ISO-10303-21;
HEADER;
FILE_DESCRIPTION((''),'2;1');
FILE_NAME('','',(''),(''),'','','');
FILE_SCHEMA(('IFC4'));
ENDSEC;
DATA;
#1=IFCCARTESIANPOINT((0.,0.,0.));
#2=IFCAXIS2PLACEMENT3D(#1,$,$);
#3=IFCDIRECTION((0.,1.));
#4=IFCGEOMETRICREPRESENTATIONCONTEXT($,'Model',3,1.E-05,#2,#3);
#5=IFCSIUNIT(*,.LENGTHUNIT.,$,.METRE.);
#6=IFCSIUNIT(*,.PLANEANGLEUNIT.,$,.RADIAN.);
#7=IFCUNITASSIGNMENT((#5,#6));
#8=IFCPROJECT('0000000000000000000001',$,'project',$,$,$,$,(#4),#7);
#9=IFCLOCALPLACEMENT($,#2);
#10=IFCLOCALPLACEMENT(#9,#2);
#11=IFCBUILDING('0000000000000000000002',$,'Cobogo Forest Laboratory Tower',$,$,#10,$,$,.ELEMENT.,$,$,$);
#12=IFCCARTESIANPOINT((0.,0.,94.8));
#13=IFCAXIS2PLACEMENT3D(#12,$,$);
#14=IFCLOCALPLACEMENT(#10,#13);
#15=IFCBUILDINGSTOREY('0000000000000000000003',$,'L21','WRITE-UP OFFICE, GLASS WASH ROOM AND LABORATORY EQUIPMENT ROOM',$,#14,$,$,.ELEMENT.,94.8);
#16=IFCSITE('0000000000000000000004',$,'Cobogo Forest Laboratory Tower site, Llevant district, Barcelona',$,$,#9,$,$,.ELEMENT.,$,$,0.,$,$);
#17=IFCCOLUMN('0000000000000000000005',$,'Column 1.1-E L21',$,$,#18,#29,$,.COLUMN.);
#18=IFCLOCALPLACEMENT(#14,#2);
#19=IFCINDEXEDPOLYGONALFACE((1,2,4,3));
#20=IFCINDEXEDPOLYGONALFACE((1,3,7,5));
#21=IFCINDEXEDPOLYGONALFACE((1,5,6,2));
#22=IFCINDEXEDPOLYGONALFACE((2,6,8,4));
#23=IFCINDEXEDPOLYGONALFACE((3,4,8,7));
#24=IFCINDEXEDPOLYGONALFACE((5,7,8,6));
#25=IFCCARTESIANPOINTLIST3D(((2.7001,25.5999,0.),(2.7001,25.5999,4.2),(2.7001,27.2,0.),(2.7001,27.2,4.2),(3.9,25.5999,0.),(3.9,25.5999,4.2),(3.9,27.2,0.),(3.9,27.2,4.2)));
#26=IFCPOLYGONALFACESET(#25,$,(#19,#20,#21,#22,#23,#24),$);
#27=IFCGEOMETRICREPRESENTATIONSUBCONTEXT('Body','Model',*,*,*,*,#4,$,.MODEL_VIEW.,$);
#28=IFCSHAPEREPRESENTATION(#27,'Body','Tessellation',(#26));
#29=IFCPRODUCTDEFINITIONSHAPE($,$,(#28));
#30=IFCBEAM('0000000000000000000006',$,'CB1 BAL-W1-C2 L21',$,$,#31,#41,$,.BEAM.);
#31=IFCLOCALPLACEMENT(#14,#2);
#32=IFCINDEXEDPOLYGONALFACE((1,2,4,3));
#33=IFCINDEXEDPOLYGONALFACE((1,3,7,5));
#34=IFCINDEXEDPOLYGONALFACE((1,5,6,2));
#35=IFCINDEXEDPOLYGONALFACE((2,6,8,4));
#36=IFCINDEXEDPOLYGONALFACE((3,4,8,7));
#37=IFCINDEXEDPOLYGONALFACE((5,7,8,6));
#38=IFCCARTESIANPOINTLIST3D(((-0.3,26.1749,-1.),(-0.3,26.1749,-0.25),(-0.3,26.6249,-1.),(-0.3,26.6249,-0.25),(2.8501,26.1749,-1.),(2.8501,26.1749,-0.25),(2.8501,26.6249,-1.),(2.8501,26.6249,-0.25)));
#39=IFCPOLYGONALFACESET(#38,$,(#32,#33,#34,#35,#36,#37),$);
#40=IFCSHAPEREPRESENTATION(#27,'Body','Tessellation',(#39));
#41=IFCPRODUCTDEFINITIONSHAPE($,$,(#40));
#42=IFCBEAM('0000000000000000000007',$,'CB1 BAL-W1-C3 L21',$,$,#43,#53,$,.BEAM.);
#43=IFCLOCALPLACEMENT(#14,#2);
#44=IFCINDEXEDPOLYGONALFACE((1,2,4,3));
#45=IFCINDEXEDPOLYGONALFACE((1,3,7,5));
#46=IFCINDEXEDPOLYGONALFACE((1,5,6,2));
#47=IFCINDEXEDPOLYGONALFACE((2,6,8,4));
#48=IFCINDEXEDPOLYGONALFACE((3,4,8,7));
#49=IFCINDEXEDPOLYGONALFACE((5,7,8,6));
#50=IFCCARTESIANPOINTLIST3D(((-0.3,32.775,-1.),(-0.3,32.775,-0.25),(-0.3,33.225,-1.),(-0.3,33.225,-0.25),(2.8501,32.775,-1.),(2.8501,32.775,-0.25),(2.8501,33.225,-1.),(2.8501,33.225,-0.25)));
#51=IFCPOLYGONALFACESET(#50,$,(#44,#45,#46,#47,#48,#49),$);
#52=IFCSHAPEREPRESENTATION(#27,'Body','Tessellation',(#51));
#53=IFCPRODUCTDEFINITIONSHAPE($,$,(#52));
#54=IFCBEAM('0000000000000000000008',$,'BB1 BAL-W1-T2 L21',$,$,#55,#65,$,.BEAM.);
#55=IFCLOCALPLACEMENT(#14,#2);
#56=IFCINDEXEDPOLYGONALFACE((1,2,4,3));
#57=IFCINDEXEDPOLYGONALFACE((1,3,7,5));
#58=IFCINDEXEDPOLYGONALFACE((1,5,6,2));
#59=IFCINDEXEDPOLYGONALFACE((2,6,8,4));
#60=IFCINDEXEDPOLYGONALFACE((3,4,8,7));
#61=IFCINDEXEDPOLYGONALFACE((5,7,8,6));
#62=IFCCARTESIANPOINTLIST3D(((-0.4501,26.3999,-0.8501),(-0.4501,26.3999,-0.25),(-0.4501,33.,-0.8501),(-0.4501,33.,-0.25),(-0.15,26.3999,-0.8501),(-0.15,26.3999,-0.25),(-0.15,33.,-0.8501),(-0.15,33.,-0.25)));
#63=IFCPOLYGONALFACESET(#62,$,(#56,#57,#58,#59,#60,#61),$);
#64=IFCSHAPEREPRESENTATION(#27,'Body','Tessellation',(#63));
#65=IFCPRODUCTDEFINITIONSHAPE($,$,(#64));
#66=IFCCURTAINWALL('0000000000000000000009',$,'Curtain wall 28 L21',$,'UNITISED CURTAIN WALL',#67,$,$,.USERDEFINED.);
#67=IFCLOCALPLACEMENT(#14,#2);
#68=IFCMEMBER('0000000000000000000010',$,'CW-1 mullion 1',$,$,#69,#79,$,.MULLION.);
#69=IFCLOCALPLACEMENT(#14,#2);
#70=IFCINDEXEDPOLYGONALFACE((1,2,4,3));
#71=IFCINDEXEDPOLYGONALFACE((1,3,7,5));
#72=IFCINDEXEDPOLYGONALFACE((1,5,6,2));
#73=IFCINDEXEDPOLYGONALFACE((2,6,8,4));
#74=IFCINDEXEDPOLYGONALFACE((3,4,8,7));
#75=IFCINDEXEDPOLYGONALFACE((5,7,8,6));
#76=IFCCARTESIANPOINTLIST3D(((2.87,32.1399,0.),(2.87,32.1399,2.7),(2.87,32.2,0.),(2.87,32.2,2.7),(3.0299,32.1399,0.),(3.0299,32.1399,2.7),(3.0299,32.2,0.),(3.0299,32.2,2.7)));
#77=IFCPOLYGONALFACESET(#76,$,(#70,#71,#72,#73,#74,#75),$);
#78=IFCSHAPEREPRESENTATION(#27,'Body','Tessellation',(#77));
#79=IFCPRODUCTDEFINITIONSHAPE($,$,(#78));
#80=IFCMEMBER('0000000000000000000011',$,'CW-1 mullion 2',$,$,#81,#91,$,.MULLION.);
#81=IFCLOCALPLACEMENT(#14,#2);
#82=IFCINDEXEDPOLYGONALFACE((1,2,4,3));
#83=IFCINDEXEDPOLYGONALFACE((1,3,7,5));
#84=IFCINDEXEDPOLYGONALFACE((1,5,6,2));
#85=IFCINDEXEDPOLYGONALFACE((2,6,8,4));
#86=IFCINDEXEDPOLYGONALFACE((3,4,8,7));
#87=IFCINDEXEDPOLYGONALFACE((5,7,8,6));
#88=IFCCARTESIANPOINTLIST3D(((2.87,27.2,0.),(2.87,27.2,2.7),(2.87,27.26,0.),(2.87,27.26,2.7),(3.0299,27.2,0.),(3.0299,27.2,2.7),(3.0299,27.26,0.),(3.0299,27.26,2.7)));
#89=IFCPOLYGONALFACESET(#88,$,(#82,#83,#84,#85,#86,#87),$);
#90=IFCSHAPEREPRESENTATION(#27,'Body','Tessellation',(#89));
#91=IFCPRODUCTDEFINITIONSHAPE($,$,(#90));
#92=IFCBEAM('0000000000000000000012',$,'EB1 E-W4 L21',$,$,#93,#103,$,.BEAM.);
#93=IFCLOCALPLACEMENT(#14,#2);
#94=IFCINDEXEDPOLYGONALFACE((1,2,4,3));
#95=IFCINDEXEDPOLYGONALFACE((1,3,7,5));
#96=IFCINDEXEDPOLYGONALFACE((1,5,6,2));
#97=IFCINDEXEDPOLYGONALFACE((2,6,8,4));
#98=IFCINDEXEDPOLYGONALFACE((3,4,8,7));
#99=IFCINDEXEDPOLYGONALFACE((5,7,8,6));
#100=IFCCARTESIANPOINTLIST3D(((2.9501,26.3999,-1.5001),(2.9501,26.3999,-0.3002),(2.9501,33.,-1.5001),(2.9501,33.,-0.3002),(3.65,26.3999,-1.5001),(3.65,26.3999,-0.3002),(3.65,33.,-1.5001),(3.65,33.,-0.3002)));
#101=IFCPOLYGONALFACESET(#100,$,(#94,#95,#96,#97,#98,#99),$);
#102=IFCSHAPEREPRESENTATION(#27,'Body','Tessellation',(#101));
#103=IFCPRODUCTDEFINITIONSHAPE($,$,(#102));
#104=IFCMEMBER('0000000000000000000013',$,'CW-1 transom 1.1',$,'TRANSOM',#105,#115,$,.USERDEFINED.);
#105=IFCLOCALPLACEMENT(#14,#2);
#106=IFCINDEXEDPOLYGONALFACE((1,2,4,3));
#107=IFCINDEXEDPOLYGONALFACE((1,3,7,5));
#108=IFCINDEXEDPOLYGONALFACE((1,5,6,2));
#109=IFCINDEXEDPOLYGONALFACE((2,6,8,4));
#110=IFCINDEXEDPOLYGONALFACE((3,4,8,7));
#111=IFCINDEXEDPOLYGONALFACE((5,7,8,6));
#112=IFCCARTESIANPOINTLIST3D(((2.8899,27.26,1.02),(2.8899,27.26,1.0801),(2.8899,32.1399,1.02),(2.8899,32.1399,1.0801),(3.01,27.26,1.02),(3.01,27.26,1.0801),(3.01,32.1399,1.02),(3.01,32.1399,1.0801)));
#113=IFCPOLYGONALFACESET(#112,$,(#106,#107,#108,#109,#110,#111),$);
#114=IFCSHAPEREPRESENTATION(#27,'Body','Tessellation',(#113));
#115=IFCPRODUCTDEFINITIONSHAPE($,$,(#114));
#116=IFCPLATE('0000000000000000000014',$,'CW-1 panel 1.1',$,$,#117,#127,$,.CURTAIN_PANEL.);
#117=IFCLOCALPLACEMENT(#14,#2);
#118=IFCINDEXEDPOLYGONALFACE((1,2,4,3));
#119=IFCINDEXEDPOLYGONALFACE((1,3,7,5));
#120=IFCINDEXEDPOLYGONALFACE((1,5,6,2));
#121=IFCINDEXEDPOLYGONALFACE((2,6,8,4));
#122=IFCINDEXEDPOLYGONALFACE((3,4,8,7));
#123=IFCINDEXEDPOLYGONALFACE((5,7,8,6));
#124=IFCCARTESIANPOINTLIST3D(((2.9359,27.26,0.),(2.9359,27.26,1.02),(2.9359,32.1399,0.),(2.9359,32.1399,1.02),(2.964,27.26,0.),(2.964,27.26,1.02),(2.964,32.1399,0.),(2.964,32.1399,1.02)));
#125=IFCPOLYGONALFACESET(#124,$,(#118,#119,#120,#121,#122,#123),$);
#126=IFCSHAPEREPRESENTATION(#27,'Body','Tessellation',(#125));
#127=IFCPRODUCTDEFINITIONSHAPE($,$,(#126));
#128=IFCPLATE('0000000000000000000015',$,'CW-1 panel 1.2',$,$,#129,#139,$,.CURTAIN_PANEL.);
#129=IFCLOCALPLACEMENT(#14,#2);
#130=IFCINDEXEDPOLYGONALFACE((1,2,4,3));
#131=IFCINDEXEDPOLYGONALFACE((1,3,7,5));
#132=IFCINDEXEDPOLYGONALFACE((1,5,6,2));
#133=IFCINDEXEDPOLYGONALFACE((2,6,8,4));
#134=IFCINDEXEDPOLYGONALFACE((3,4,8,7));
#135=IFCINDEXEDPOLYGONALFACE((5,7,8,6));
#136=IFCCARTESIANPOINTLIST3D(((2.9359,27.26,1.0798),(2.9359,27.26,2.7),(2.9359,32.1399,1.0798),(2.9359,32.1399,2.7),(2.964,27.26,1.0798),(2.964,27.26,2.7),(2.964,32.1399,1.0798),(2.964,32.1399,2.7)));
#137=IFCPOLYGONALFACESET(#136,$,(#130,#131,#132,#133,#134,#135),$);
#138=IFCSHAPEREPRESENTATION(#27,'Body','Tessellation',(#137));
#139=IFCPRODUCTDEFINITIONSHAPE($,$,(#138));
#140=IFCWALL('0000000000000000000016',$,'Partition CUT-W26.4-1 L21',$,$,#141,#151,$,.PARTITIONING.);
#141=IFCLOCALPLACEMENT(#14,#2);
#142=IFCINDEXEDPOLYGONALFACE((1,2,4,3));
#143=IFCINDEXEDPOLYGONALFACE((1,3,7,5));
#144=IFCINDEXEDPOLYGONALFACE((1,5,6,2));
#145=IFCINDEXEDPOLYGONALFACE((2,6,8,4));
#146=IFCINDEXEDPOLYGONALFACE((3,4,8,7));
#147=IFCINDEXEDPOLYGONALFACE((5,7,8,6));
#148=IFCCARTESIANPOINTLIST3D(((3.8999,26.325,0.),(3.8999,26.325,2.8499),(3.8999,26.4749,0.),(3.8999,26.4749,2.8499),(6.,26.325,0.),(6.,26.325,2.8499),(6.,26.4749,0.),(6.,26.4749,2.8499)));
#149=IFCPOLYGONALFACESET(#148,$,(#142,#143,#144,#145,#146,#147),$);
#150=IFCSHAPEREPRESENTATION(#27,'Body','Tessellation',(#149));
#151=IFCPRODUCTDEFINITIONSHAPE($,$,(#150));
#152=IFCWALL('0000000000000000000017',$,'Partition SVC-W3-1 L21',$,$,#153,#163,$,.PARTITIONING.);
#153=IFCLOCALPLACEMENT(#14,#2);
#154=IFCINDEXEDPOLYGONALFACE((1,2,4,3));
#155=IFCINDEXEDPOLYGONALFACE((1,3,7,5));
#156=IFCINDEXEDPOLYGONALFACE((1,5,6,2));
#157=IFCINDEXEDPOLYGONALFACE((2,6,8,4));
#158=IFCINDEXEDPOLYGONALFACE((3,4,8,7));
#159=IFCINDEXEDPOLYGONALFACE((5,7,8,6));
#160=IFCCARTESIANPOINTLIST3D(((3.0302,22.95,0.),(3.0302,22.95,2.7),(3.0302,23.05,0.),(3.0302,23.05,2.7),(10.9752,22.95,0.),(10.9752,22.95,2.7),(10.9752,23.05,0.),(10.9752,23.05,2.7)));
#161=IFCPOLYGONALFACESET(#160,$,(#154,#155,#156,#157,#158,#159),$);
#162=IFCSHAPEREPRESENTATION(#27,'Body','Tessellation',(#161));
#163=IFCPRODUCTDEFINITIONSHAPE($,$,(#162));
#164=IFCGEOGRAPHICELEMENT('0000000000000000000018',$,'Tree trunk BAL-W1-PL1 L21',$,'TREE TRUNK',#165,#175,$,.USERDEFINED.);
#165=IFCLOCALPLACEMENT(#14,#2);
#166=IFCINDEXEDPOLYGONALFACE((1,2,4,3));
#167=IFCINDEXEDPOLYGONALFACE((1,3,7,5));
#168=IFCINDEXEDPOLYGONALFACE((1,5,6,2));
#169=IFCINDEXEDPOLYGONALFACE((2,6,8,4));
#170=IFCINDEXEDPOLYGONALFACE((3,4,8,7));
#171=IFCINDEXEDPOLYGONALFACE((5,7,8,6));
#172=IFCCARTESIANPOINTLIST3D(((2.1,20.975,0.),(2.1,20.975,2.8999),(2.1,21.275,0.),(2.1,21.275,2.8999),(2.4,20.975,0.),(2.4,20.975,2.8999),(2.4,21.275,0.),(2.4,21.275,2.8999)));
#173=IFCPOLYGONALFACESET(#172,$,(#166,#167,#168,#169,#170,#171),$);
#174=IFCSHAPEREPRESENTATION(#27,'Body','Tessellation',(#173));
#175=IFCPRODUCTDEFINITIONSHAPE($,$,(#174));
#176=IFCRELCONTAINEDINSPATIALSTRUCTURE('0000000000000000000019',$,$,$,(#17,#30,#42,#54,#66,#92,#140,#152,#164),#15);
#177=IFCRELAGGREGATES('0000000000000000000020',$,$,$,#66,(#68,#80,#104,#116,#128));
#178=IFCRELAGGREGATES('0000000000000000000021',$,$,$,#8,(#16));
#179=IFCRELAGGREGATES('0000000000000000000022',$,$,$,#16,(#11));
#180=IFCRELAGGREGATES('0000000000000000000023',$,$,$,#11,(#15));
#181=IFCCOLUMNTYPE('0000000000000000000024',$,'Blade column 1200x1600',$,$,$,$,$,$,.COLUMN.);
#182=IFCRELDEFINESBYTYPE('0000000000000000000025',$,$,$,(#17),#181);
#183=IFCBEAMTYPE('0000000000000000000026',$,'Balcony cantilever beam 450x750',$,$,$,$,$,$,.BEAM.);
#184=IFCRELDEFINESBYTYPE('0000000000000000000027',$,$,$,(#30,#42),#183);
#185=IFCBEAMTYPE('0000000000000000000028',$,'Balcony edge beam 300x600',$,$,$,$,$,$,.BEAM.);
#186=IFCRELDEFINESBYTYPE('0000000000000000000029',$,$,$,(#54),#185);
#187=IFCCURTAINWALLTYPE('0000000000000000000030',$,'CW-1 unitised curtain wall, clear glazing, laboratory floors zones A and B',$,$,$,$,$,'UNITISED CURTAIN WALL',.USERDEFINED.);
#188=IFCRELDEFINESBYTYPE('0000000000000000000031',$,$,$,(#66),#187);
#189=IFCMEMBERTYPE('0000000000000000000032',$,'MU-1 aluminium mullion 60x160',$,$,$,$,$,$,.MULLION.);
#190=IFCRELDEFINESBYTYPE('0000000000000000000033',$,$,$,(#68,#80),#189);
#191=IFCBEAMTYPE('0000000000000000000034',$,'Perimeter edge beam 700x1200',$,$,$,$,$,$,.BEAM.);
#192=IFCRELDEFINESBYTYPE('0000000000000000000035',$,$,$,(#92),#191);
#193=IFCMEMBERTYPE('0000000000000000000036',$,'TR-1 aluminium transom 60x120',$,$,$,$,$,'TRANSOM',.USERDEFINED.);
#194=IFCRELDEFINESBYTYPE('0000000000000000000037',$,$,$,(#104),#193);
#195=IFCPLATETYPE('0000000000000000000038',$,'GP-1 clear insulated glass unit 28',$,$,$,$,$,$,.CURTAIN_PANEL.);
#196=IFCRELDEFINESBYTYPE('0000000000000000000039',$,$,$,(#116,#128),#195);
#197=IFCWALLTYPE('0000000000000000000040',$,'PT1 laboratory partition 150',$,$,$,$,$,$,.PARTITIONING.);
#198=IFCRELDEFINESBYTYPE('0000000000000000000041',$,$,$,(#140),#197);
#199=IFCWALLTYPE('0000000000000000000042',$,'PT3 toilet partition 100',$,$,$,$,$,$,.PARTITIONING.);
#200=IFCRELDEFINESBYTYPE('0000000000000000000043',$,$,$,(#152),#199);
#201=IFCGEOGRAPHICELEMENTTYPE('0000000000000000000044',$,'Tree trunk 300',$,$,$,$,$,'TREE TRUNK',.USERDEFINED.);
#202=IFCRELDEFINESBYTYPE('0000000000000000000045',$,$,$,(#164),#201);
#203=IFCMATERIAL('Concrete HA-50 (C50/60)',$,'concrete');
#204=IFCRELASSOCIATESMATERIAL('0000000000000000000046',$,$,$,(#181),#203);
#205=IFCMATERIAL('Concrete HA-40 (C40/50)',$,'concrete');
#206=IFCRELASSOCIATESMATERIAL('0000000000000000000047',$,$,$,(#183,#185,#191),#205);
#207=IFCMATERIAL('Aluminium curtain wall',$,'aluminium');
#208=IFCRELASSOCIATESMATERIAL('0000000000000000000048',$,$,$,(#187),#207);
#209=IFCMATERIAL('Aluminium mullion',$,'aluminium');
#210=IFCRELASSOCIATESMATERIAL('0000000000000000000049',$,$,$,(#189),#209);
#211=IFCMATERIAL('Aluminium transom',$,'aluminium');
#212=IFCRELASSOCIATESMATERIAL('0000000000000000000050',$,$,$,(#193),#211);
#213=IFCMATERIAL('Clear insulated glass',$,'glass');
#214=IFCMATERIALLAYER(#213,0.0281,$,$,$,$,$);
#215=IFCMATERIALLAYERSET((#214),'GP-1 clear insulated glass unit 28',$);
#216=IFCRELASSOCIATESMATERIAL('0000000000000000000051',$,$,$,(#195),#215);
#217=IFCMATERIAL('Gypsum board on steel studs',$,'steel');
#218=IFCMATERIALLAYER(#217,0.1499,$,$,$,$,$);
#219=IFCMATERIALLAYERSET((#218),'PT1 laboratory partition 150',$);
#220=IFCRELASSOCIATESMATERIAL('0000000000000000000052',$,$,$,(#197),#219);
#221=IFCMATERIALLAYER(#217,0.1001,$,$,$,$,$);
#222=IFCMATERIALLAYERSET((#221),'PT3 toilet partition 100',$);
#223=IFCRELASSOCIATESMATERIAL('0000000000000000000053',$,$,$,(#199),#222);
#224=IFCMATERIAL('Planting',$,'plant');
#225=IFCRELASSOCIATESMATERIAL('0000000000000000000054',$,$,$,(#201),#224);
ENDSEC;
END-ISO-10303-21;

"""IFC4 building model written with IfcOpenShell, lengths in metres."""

from ifc_helpers import new_model, si_unit, direction, frame, frame_2d, origin, origin_2d, place, context, subcontext, project, spatial, rectangle, extrude, material, layer, layer_set, material_profile, profile_set, type_object, element, aggregate, save


model = new_model("IFC4")

# Units and contexts
model_context = context("Model", 3, precision=1e-05, world=origin(), true_north=direction((0.0, 1.0)))
body_context = subcontext(model_context, "Body", "Model", "MODEL_VIEW")
ifc_project = project(units=[si_unit("LENGTHUNIT", "METRE"), si_unit("PLANEANGLEUNIT", "RADIAN")], contexts=[model_context])

# Site, building, storey
site_placement = place(None, origin())
site = spatial("IfcSite", under=ifc_project, at=site_placement, Name="Cobogo Forest Laboratory Tower site, Llevant district, Barcelona", CompositionType="ELEMENT", RefElevation=0.0)
building_placement = place(site_placement, origin())
building = spatial("IfcBuilding", under=site, at=building_placement, Name="Cobogo Forest Laboratory Tower", CompositionType="ELEMENT")
storey_placement = place(building_placement, frame((0.0, 0.0, 94.8)))
storey = spatial("IfcBuildingStorey", under=building, at=storey_placement, Name="L21", Description="WRITE-UP OFFICE, GLASS WASH ROOM AND LABORATORY EQUIPMENT ROOM", CompositionType="ELEMENT", Elevation=94.8)

# Column
ifc_material_1 = material(Name="Concrete HA-50 (C50/60)", Category="concrete")
ifc_material_profile_1 = material_profile(ifc_material_1, rectangle(XDim=1.6001, YDim=1.2, at=origin_2d()), Name="RC 1200x1600")
ifc_profile_set_1 = profile_set([ifc_material_profile_1], Name="Concrete HA-50 (C50/60)")
column_type = type_object("IfcColumnType", Name="Blade column 1200x1600", PredefinedType="COLUMN", material=ifc_profile_set_1)
column_placement = place(storey_placement, frame((3.3, 26.3999, 0.0), z_axis=(0.0, 0.0, 1.0), x_axis=(0.0, 1.0, 0.0)))
element("IfcColumn", 1, at=column_placement, inside=storey, type_object=column_type, Name="Column 1.1-E L21", PredefinedType="COLUMN", context=body_context, shape_type="SweptSolid", body=[
    extrude(rectangle(XDim=1.6001, YDim=1.2, at=origin_2d()), origin(), (0.0, 0.0, 1.0), 4.2),
])

# Beams
ifc_material_2 = material(Name="Concrete HA-40 (C40/50)", Category="concrete")
ifc_material_profile_2 = material_profile(ifc_material_2, rectangle(XDim=0.45, YDim=0.75, at=origin_2d()), Name="RC 450x750")
ifc_profile_set_2 = profile_set([ifc_material_profile_2], Name="Concrete HA-40 (C40/50)")
beam_type_1 = type_object("IfcBeamType", Name="Balcony cantilever beam 450x750", PredefinedType="BEAM", material=ifc_profile_set_2)
for number, where, z_axis, x_axis, name in (
    (2, (2.8501, 26.3999, -0.625), (-1.0, 0.0, 0.0), (0.0, -1.0, 0.0), "CB1 BAL-W1-C2 L21"),
    (3, (2.8501, 33.0, -0.625), (-1.0, 0.0, 0.0), (0.0, -1.0, 0.0), "CB1 BAL-W1-C3 L21"),
):
    element("IfcBeam", number, at=place(storey_placement, frame(where, z_axis=z_axis, x_axis=x_axis)), inside=storey, type_object=beam_type_1, Name=name, PredefinedType="BEAM", context=body_context, shape_type="SweptSolid", body=[
        extrude(rectangle(XDim=0.45, YDim=0.75, at=origin_2d()), origin(), (0.0, 0.0, 1.0), 3.1501),
    ])
ifc_material_profile_3 = material_profile(ifc_material_2, rectangle(XDim=0.3, YDim=0.6001, at=origin_2d()), Name="RC 300x600")
ifc_profile_set_3 = profile_set([ifc_material_profile_3], Name="Concrete HA-40 (C40/50)")
beam_type_2 = type_object("IfcBeamType", Name="Balcony edge beam 300x600", PredefinedType="BEAM", material=ifc_profile_set_3)
beam_1_placement = place(storey_placement, frame((-0.3, 26.3999, -0.55), z_axis=(0.0, 1.0, 0.0), x_axis=(-1.0, 0.0, 0.0)))
element("IfcBeam", 4, at=beam_1_placement, inside=storey, type_object=beam_type_2, Name="BB1 BAL-W1-T2 L21", PredefinedType="BEAM", context=body_context, shape_type="SweptSolid", body=[
    extrude(rectangle(XDim=0.3, YDim=0.6001, at=origin_2d()), origin(), (0.0, 0.0, 1.0), 6.6001),
])

# Curtain wall, members
ifc_material_3 = material(Name="Aluminium curtain wall", Category="aluminium")
curtain_wall_type = type_object("IfcCurtainWallType", Name="CW-1 unitised curtain wall, clear glazing, laboratory floors zones A and B", ElementType="UNITISED CURTAIN WALL", PredefinedType="USERDEFINED", material=ifc_material_3)
curtain_wall_placement = place(storey_placement, origin())
curtain_wall = element("IfcCurtainWall", 5, at=curtain_wall_placement, inside=storey, type_object=curtain_wall_type, Name="Curtain wall 28 L21", ObjectType="UNITISED CURTAIN WALL", PredefinedType="USERDEFINED")
ifc_material_4 = material(Name="Aluminium mullion", Category="aluminium")
ifc_material_profile_4 = material_profile(ifc_material_4, rectangle(XDim=0.0601, YDim=0.1599, at=origin_2d()), Name="AL 60x160")
ifc_profile_set_4 = profile_set([ifc_material_profile_4], Name="Aluminium mullion")
member_type_1 = type_object("IfcMemberType", Name="MU-1 aluminium mullion 60x160", PredefinedType="MULLION", material=ifc_profile_set_4)
member_1_placement = place(storey_placement, frame((2.95, 32.1699, 0.0), z_axis=(0.0, 0.0, 1.0), x_axis=(0.0, -1.0, 0.0)))
member_1 = element("IfcMember", 6, at=member_1_placement, type_object=member_type_1, Name="CW-1 mullion 1", PredefinedType="MULLION", context=body_context, shape_type="SweptSolid", body=[
    extrude(rectangle(XDim=0.0601, YDim=0.1599, at=origin_2d()), origin(), (0.0, 0.0, 1.0), 2.7),
])
member_2_placement = place(storey_placement, frame((2.95, 27.23, 0.0), z_axis=(0.0, 0.0, 1.0), x_axis=(0.0, -1.0, 0.0)))
member_2 = element("IfcMember", 7, at=member_2_placement, type_object=member_type_1, Name="CW-1 mullion 2", PredefinedType="MULLION", context=body_context, shape_type="SweptSolid", body=[
    extrude(rectangle(XDim=0.0601, YDim=0.1599, at=origin_2d()), origin(), (0.0, 0.0, 1.0), 2.7),
])

# Beam
ifc_material_profile_5 = material_profile(ifc_material_2, rectangle(XDim=0.7, YDim=1.2, at=origin_2d()), Name="RC 700x1200")
ifc_profile_set_5 = profile_set([ifc_material_profile_5], Name="Concrete HA-40 (C40/50)")
beam_type_3 = type_object("IfcBeamType", Name="Perimeter edge beam 700x1200", PredefinedType="BEAM", material=ifc_profile_set_5)
beam_2_placement = place(storey_placement, frame((3.3, 26.3999, -0.9001), z_axis=(0.0, 1.0, 0.0), x_axis=(-1.0, 0.0, 0.0)))
element("IfcBeam", 8, at=beam_2_placement, inside=storey, type_object=beam_type_3, Name="EB1 E-W4 L21", PredefinedType="BEAM", context=body_context, shape_type="SweptSolid", body=[
    extrude(rectangle(XDim=0.7, YDim=1.2, at=origin_2d()), origin(), (0.0, 0.0, 1.0), 6.6001),
])

# Member
ifc_material_5 = material(Name="Aluminium transom", Category="aluminium")
ifc_material_profile_6 = material_profile(ifc_material_5, rectangle(XDim=0.1201, YDim=0.0601, at=origin_2d()), Name="AL 60x120")
ifc_profile_set_6 = profile_set([ifc_material_profile_6], Name="Aluminium transom")
member_type_2 = type_object("IfcMemberType", Name="TR-1 aluminium transom 60x120", ElementType="TRANSOM", PredefinedType="USERDEFINED", material=ifc_profile_set_6)
member_3_placement = place(storey_placement, frame((2.95, 32.1399, 1.05), z_axis=(0.0, -1.0, 0.0), x_axis=(1.0, 0.0, 0.0)))
member_3 = element("IfcMember", 9, at=member_3_placement, type_object=member_type_2, Name="CW-1 transom 1.1", ObjectType="TRANSOM", PredefinedType="USERDEFINED", context=body_context, shape_type="SweptSolid", body=[
    extrude(rectangle(XDim=0.1201, YDim=0.0601, at=origin_2d()), origin(), (0.0, 0.0, 1.0), 4.8799),
])

# Plates
ifc_material_6 = material(Name="Clear insulated glass", Category="glass")
ifc_layer_1 = layer(ifc_material_6, 0.0281)
ifc_layer_set_1 = layer_set([ifc_layer_1], Name="GP-1 clear insulated glass unit 28")
plate_type = type_object("IfcPlateType", Name="GP-1 clear insulated glass unit 28", PredefinedType="CURTAIN_PANEL", material=ifc_layer_set_1)
plate_1_placement = place(storey_placement, frame((2.95, 29.7, 0.0), z_axis=(0.0, 0.0, 1.0), x_axis=(0.0, -1.0, 0.0)))
plate_1 = element("IfcPlate", 10, at=plate_1_placement, type_object=plate_type, Name="CW-1 panel 1.1", PredefinedType="CURTAIN_PANEL", context=body_context, shape_type="SweptSolid", body=[
    extrude(rectangle(XDim=4.8799, YDim=0.0281, at=origin_2d()), origin(), (0.0, 0.0, 1.0), 1.02),
])
plate_2_placement = place(storey_placement, frame((2.95, 29.7, 1.0798), z_axis=(0.0, 0.0, 1.0), x_axis=(0.0, -1.0, 0.0)))
plate_2 = element("IfcPlate", 11, at=plate_2_placement, type_object=plate_type, Name="CW-1 panel 1.2", PredefinedType="CURTAIN_PANEL", context=body_context, shape_type="SweptSolid", body=[
    extrude(rectangle(XDim=4.8799, YDim=0.0281, at=origin_2d()), origin(), (0.0, 0.0, 1.0), 1.6201),
])
aggregate(curtain_wall, [member_1, member_2, member_3, plate_1, plate_2])

# Walls
ifc_material_7 = material(Name="Gypsum board on steel studs", Category="steel")
ifc_layer_2 = layer(ifc_material_7, 0.1499)
ifc_layer_set_2 = layer_set([ifc_layer_2], Name="PT1 laboratory partition 150")
wall_type_1 = type_object("IfcWallType", Name="PT1 laboratory partition 150", PredefinedType="PARTITIONING", material=ifc_layer_set_2)
wall_1_placement = place(storey_placement, frame((3.8999, 26.3999, 0.0), z_axis=(0.0, 0.0, 1.0), x_axis=(1.0, 0.0, 0.0)))
element("IfcWall", 12, at=wall_1_placement, inside=storey, type_object=wall_type_1, Name="Partition CUT-W26.4-1 L21", PredefinedType="PARTITIONING", context=body_context, shape_type="SweptSolid", body=[
    extrude(rectangle(XDim=2.1001, YDim=0.1499, at=frame_2d((1.05, 0.0))), origin(), (0.0, 0.0, 1.0), 2.8499),
])
ifc_layer_3 = layer(ifc_material_7, 0.1001)
ifc_layer_set_3 = layer_set([ifc_layer_3], Name="PT3 toilet partition 100")
wall_type_2 = type_object("IfcWallType", Name="PT3 toilet partition 100", PredefinedType="PARTITIONING", material=ifc_layer_set_3)
wall_2_placement = place(storey_placement, frame((3.03, 23.0, 0.0), z_axis=(0.0, 0.0, 1.0), x_axis=(1.0, 0.0, 0.0)))
element("IfcWall", 13, at=wall_2_placement, inside=storey, type_object=wall_type_2, Name="Partition SVC-W3-1 L21", PredefinedType="PARTITIONING", context=body_context, shape_type="SweptSolid", body=[
    extrude(rectangle(XDim=7.9451, YDim=0.1001, at=frame_2d((3.9727, 0.0))), origin(), (0.0, 0.0, 1.0), 2.7),
])

# Geographic element
ifc_material_8 = material(Name="Planting", Category="plant")
geographic_element_type = type_object("IfcGeographicElementType", Name="Tree trunk 300", ElementType="TREE TRUNK", PredefinedType="USERDEFINED", material=ifc_material_8)
for number, where, z_axis, x_axis, name in (
    (14, (2.25, 21.125, 0.0), (0.0, 0.0, 1.0), (1.0, 0.0, 0.0), "Tree trunk BAL-W1-PL1 L21"),
):
    element("IfcGeographicElement", number, at=place(storey_placement, frame(where, z_axis=z_axis, x_axis=x_axis)), inside=storey, type_object=geographic_element_type, Name=name, ObjectType="TREE TRUNK", PredefinedType="USERDEFINED", context=body_context, shape_type="SweptSolid", body=[
        extrude(rectangle(XDim=0.3, YDim=0.3, at=origin_2d()), origin(), (0.0, 0.0, 1.0), 2.8999),
    ])

save(model, "model.ifc")
